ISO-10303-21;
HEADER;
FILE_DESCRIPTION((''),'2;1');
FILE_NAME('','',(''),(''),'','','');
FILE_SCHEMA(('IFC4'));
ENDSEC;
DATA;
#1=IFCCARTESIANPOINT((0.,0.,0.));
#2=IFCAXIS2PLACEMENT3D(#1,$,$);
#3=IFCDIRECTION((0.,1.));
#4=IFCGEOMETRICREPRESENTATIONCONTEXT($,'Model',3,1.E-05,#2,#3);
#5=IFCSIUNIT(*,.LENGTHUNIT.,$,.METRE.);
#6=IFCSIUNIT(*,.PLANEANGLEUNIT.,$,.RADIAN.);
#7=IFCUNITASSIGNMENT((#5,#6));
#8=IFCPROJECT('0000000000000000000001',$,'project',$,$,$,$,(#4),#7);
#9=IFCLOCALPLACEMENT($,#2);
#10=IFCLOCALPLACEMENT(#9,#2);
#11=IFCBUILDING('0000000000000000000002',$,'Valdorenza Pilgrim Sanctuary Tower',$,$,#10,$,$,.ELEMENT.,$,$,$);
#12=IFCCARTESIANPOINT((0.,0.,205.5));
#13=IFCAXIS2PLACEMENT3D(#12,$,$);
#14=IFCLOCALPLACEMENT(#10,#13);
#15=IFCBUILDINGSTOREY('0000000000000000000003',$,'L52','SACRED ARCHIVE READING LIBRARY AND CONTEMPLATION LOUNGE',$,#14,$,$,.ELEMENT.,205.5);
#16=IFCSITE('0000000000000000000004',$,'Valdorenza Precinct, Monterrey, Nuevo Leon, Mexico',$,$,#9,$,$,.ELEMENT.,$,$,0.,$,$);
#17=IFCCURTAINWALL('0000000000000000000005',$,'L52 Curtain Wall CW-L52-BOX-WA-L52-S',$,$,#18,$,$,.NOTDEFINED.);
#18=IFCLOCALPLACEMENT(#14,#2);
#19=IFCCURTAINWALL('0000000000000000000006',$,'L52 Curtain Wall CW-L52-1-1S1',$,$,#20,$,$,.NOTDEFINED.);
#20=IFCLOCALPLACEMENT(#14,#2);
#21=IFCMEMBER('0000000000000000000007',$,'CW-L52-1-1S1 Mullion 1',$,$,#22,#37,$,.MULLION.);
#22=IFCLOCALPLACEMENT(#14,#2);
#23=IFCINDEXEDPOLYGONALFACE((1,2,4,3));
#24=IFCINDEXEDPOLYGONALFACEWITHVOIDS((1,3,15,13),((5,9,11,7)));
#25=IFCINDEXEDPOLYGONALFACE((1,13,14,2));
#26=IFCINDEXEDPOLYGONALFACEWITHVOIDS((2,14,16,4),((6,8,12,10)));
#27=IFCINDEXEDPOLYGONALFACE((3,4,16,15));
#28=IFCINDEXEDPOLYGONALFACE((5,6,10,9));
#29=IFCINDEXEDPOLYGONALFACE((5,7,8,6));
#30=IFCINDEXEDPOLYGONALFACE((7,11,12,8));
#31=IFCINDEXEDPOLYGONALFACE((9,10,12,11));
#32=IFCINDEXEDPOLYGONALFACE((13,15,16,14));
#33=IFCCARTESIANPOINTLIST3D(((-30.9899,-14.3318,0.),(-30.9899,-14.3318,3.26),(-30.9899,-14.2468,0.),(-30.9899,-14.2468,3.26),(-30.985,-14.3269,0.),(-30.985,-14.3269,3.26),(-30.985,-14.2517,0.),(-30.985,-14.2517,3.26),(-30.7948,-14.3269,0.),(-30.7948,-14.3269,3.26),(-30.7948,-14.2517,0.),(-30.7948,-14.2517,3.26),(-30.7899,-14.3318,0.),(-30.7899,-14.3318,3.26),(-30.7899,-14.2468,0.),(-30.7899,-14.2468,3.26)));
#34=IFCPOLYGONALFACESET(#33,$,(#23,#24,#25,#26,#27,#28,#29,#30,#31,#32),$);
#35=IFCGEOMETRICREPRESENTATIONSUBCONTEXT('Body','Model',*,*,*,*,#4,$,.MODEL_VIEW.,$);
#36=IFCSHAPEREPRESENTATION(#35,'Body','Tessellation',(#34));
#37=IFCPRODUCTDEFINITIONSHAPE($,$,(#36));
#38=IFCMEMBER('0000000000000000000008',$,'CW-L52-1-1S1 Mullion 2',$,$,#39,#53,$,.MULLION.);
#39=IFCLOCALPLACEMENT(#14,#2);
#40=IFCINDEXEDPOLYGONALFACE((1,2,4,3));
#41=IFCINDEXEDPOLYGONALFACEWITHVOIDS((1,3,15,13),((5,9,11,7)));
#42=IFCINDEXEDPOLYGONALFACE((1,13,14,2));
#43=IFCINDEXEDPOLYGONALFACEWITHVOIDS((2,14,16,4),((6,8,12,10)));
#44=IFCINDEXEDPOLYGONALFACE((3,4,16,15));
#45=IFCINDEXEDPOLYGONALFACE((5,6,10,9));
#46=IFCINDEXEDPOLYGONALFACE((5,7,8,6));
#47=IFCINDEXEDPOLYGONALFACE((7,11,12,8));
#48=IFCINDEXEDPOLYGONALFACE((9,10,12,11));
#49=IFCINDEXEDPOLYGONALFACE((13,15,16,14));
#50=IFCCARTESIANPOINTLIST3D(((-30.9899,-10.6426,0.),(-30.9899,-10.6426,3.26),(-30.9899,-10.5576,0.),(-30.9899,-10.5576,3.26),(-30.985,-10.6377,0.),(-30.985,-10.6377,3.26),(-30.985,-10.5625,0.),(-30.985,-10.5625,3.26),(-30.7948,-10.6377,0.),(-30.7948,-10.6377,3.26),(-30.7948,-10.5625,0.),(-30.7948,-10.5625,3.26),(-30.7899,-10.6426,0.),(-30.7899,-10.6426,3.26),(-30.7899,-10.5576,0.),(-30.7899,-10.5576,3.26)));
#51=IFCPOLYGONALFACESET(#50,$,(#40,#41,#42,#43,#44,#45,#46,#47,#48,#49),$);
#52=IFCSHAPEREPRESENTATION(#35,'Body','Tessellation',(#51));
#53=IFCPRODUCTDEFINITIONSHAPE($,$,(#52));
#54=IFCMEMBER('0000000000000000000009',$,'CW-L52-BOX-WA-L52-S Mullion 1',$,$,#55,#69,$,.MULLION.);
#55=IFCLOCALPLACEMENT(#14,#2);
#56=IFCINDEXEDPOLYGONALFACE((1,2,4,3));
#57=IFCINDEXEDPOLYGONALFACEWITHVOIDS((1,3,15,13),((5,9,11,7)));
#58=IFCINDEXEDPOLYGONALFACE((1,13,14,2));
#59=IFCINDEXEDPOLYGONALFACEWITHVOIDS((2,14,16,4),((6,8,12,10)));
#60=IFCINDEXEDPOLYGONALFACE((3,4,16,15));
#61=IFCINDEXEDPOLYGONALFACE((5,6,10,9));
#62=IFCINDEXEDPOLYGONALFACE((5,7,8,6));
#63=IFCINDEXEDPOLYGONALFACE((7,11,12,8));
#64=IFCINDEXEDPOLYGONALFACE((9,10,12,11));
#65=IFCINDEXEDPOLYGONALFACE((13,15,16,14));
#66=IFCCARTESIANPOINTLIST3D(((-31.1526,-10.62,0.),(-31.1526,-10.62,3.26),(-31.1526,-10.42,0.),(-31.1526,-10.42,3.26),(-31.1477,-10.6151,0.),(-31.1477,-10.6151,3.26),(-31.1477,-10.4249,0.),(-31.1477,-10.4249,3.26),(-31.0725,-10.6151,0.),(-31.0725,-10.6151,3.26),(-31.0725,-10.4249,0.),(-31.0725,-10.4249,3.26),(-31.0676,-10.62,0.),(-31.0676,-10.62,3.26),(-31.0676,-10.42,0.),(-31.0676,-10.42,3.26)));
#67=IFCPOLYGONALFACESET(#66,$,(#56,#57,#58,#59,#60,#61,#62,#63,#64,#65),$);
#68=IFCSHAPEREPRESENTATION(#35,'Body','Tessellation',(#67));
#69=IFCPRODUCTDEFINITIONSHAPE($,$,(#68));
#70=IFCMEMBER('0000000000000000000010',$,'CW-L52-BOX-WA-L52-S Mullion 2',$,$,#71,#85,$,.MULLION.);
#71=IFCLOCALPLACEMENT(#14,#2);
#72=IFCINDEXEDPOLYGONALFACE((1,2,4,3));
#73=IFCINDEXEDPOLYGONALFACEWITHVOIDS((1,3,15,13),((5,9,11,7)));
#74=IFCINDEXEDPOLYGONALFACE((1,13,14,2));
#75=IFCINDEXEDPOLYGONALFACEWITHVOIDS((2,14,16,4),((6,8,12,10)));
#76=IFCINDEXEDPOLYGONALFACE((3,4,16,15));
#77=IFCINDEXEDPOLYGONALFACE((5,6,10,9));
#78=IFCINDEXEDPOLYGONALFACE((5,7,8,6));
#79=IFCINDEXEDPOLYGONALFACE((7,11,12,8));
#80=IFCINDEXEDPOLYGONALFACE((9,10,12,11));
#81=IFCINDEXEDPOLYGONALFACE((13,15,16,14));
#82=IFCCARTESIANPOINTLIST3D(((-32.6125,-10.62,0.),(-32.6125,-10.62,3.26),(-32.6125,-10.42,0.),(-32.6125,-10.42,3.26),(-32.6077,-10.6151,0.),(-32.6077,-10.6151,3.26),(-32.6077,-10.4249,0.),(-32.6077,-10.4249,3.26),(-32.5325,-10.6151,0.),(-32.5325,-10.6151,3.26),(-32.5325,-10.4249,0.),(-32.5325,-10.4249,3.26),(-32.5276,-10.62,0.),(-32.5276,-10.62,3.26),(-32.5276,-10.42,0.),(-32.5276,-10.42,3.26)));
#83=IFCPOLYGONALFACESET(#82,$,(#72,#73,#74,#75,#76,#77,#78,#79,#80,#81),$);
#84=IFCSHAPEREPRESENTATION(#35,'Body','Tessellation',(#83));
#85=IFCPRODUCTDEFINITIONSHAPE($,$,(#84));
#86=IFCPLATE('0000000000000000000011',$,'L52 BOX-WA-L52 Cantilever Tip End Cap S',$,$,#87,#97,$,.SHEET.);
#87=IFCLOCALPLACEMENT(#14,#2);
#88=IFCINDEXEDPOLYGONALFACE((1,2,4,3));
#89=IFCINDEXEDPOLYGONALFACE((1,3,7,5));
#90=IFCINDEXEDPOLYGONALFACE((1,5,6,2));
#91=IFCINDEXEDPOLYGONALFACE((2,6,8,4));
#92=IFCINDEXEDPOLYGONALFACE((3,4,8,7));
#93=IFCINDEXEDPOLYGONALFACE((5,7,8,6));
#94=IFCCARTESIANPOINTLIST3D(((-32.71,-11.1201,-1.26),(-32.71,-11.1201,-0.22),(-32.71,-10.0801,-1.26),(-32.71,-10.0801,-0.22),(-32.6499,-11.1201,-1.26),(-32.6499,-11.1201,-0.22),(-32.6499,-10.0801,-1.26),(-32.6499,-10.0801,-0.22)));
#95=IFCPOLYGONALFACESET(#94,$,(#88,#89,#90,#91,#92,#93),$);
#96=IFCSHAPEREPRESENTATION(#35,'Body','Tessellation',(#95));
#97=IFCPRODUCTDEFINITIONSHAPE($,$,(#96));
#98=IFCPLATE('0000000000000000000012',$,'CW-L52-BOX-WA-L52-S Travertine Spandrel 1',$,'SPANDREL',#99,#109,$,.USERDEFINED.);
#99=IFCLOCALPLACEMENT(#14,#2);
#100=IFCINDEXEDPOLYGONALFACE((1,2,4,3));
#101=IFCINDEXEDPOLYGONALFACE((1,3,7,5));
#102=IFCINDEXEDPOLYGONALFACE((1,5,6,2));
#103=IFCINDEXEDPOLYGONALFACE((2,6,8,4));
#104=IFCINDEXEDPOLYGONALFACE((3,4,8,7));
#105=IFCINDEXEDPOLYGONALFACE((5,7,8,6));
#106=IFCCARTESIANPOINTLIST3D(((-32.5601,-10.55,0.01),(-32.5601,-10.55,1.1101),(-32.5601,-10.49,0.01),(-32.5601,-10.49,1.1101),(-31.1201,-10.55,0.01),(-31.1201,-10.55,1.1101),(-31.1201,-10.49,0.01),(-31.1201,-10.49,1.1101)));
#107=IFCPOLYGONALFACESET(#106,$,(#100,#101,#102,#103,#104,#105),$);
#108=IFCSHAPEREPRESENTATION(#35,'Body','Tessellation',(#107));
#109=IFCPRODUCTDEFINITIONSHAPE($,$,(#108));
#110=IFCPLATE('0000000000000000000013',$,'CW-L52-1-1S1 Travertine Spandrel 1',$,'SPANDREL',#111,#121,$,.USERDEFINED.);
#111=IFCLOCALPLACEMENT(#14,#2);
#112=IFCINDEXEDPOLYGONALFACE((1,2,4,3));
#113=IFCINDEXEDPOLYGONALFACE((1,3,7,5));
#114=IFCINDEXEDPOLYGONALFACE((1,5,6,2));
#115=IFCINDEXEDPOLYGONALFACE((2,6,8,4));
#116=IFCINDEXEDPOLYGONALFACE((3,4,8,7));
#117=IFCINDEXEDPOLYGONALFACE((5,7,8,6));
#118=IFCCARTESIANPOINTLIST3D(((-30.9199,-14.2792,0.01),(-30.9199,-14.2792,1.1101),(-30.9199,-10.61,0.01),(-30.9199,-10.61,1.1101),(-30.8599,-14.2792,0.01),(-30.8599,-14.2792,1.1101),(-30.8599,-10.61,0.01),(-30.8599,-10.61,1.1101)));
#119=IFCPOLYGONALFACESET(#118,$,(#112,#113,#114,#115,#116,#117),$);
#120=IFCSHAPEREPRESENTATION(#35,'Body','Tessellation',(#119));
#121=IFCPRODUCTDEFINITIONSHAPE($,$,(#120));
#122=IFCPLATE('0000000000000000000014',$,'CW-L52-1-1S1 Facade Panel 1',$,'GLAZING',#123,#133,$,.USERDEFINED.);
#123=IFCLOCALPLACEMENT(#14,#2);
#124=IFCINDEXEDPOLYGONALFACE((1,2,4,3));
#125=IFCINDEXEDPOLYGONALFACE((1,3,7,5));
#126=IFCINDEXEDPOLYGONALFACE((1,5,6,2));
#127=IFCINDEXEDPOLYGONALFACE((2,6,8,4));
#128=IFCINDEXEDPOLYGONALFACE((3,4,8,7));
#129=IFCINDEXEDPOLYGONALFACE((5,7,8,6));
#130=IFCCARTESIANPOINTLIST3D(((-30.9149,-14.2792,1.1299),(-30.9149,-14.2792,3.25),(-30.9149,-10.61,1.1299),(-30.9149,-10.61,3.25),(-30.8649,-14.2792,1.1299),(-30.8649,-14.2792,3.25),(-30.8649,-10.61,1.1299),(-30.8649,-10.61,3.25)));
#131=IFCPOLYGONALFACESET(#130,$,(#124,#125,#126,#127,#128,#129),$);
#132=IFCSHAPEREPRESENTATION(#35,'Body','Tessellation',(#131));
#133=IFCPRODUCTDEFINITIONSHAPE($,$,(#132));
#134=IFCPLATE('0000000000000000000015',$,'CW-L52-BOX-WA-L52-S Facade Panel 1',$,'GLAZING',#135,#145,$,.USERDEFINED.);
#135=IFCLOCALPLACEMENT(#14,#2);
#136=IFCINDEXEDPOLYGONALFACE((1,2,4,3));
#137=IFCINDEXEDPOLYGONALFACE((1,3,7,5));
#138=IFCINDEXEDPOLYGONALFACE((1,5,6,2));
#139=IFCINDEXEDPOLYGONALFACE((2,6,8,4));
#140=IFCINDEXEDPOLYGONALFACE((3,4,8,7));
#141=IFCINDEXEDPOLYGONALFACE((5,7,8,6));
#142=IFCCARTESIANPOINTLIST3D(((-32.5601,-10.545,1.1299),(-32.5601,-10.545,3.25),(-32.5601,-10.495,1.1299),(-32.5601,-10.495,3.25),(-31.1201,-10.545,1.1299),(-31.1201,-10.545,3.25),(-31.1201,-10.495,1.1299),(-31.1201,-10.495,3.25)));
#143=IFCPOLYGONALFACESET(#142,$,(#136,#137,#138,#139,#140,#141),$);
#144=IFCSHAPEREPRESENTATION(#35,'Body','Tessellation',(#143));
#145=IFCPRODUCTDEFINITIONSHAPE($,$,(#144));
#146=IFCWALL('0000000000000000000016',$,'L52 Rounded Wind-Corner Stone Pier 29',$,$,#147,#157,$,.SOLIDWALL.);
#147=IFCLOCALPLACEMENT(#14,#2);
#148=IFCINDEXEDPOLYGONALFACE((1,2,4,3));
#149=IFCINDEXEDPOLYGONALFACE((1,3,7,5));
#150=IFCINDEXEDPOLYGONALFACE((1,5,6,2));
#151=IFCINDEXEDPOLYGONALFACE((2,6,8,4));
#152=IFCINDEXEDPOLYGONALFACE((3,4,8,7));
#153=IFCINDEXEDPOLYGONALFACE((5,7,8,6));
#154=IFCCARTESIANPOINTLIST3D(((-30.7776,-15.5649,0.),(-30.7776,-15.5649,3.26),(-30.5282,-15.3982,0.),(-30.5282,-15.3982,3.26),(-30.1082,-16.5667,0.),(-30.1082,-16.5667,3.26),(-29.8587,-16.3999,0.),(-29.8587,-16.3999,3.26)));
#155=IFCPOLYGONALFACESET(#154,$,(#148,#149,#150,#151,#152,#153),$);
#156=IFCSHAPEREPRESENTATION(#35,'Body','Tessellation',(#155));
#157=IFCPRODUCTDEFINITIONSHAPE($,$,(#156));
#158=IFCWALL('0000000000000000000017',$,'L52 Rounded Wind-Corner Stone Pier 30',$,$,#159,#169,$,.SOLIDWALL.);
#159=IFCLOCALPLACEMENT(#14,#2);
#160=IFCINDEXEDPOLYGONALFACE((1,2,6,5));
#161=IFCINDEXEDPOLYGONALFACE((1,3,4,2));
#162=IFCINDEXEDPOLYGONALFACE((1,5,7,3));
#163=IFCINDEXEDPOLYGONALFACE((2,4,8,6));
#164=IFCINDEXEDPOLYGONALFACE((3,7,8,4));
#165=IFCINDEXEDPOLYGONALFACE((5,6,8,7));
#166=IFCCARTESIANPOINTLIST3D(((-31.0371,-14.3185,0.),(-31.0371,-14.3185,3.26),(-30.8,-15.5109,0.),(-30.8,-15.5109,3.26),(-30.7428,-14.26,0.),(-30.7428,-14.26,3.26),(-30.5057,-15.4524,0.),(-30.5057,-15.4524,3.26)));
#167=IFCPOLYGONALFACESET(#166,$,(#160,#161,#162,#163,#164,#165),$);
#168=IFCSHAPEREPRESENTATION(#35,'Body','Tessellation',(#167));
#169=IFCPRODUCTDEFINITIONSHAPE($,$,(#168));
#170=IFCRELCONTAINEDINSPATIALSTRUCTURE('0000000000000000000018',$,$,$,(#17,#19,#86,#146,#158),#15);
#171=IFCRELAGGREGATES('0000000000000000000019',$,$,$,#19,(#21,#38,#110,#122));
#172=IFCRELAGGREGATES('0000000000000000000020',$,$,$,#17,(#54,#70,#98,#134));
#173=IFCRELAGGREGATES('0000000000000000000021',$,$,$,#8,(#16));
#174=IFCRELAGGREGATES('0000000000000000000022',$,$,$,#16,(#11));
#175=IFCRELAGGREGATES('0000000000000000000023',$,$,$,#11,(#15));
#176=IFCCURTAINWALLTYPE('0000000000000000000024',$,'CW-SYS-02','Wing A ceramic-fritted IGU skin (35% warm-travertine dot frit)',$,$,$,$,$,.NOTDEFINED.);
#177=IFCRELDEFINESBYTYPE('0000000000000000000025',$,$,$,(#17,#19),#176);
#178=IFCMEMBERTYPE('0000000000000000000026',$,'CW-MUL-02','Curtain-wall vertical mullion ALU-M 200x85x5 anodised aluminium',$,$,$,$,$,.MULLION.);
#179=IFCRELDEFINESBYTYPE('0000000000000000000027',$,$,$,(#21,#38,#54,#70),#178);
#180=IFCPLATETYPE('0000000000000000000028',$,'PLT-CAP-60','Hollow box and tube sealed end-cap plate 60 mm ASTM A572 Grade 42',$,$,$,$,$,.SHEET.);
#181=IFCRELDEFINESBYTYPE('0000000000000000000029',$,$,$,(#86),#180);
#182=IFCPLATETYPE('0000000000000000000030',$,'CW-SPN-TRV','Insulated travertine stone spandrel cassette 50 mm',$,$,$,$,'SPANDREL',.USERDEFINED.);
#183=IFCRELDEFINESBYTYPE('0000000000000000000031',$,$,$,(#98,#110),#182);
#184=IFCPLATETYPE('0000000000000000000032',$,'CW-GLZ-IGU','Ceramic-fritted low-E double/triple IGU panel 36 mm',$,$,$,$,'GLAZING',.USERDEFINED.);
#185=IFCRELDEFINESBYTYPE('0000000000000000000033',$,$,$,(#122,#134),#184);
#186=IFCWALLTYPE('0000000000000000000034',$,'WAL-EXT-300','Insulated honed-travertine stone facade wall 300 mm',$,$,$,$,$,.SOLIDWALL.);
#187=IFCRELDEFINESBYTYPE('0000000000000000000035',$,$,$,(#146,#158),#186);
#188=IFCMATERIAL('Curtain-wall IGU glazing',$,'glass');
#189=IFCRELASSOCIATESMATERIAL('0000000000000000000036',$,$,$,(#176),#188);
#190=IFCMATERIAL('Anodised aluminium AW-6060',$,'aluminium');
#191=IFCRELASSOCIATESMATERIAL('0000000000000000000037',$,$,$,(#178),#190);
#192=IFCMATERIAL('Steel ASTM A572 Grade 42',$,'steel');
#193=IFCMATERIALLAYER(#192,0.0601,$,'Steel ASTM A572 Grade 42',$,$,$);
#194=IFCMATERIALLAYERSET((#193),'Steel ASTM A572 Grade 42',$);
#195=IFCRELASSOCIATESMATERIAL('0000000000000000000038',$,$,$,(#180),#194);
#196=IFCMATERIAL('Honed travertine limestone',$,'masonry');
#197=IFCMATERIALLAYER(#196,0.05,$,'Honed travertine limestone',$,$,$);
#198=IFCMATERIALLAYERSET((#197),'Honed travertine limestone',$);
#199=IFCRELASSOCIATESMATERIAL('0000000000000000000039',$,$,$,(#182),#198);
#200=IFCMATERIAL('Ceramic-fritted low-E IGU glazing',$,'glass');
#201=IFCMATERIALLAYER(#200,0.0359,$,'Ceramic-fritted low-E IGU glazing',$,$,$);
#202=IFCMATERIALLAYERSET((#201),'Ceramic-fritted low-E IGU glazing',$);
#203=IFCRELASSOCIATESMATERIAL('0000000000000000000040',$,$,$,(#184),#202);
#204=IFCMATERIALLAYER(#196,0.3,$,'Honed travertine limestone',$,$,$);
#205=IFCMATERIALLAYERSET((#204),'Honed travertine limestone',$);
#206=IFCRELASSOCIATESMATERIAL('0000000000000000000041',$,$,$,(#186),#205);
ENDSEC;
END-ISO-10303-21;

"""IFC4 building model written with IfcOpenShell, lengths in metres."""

from ifc_helpers import new_model, si_unit, direction, frame, frame_2d, origin, origin_2d, place, context, subcontext, project, spatial, rectangle, hollow_rectangle, extrude, source, transform, mapped, material, layer, layer_set, material_profile, profile_set, type_object, element, aggregate, save


model = new_model("IFC4")

# Units and contexts
model_context = context("Model", 3, precision=1e-05, world=origin(), true_north=direction((0.0, 1.0)))
body_context = subcontext(model_context, "Body", "Model", "MODEL_VIEW")
ifc_project = project(units=[si_unit("LENGTHUNIT", "METRE"), si_unit("PLANEANGLEUNIT", "RADIAN")], contexts=[model_context])

# Site, building, storey
site_placement = place(None, origin())
site = spatial("IfcSite", under=ifc_project, at=site_placement, Name="Valdorenza Precinct, Monterrey, Nuevo Leon, Mexico", CompositionType="ELEMENT", RefElevation=0.0)
building_placement = place(site_placement, origin())
building = spatial("IfcBuilding", under=site, at=building_placement, Name="Valdorenza Pilgrim Sanctuary Tower", CompositionType="ELEMENT")
storey_placement = place(building_placement, frame((0.0, 0.0, 205.5)))
storey = spatial("IfcBuildingStorey", under=building, at=storey_placement, Name="L52", Description="SACRED ARCHIVE READING LIBRARY AND CONTEMPLATION LOUNGE", CompositionType="ELEMENT", Elevation=205.5)

# Shared definitions
ifc_material_1 = material(Name="Steel ASTM A572 Grade 42", Category="steel")

# Curtain wall
ifc_material_2 = material(Name="Curtain-wall IGU glazing", Category="glass")
curtain_wall_type = type_object("IfcCurtainWallType", Name="CW-SYS-02", Description="Wing A ceramic-fritted IGU skin (35% warm-travertine dot frit)", PredefinedType="NOTDEFINED", material=ifc_material_2)
curtain_wall_1_placement = place(storey_placement, origin())
curtain_wall_1 = element("IfcCurtainWall", 1, at=curtain_wall_1_placement, inside=storey, type_object=curtain_wall_type, Name="L52 Curtain Wall CW-L52-BOX-WA-L52-S", PredefinedType="NOTDEFINED")
ifc_material_3 = material(Name="Anodised aluminium AW-6060", Category="aluminium")

# Curtain wall, members
curtain_wall_2_placement = place(storey_placement, origin())
curtain_wall_2 = element("IfcCurtainWall", 2, at=curtain_wall_2_placement, inside=storey, type_object=curtain_wall_type, Name="L52 Curtain Wall CW-L52-1-1S1", PredefinedType="NOTDEFINED")
ifc_material_profile_1 = material_profile(ifc_material_3, hollow_rectangle(XDim=0.085, YDim=0.2, WallThickness=0.0049, at=origin_2d()), Name="ALU-M 200x85x5")
ifc_profile_set_1 = profile_set([ifc_material_profile_1], Name="Anodised aluminium AW-6060")
member_type_1 = type_object("IfcMemberType", Name="CW-MUL-02", Description="Curtain-wall vertical mullion ALU-M 200x85x5 anodised aluminium", PredefinedType="MULLION", material=ifc_profile_set_1)
shared_shape_1 = source(origin(), body_context, "Body", "SweptSolid", [
    extrude(hollow_rectangle(XDim=0.085, YDim=0.2, WallThickness=0.0049, at=origin_2d()), origin(), (0.0, 0.0, 1.0), 3.26),
])
member_1_placement = place(storey_placement, frame((-30.8899, -14.2893, 0.0), z_axis=(0.0, 0.0, 1.0), x_axis=(0.0, 1.0, 0.0)))
member_1 = element("IfcMember", 3, at=member_1_placement, type_object=member_type_1, Name="CW-L52-1-1S1 Mullion 1", PredefinedType="MULLION", context=body_context, shape_type="MappedRepresentation", body=[
    mapped(shared_shape_1, transform((0.0, 0.0, 0.0), x_axis=(1.0, 0.0, 0.0), y_axis=(0.0, 1.0, 0.0), z_axis=(0.0, 0.0, 1.0), scale=1.0)),
])
member_2_placement = place(storey_placement, frame((-30.8899, -10.6001, 0.0), z_axis=(0.0, 0.0, 1.0), x_axis=(0.0, 1.0, 0.0)))
member_2 = element("IfcMember", 4, at=member_2_placement, type_object=member_type_1, Name="CW-L52-1-1S1 Mullion 2", PredefinedType="MULLION", context=body_context, shape_type="MappedRepresentation", body=[
    mapped(shared_shape_1, transform((0.0, 0.0, 0.0), x_axis=(1.0, 0.0, 0.0), y_axis=(0.0, 1.0, 0.0), z_axis=(0.0, 0.0, 1.0), scale=1.0)),
])

# Members
member_3_placement = place(storey_placement, frame((-31.1101, -10.52, 0.0), z_axis=(0.0, 0.0, 1.0), x_axis=(-1.0, 0.0, 0.0)))
member_3 = element("IfcMember", 5, at=member_3_placement, type_object=member_type_1, Name="CW-L52-BOX-WA-L52-S Mullion 1", PredefinedType="MULLION", context=body_context, shape_type="MappedRepresentation", body=[
    mapped(shared_shape_1, transform((0.0, 0.0, 0.0), x_axis=(1.0, 0.0, 0.0), y_axis=(0.0, 1.0, 0.0), z_axis=(0.0, 0.0, 1.0), scale=1.0)),
])
member_4_placement = place(storey_placement, frame((-32.5701, -10.52, 0.0), z_axis=(0.0, 0.0, 1.0), x_axis=(-1.0, 0.0, 0.0)))
member_4 = element("IfcMember", 6, at=member_4_placement, type_object=member_type_1, Name="CW-L52-BOX-WA-L52-S Mullion 2", PredefinedType="MULLION", context=body_context, shape_type="MappedRepresentation", body=[
    mapped(shared_shape_1, transform((0.0, 0.0, 0.0), x_axis=(1.0, 0.0, 0.0), y_axis=(0.0, 1.0, 0.0), z_axis=(0.0, 0.0, 1.0), scale=1.0)),
])

# Plates
ifc_layer_1 = layer(ifc_material_1, 0.0601, Name="Steel ASTM A572 Grade 42")
ifc_layer_set_1 = layer_set([ifc_layer_1], Name="Steel ASTM A572 Grade 42")
plate_type_1 = type_object("IfcPlateType", Name="PLT-CAP-60", Description="Hollow box and tube sealed end-cap plate 60 mm ASTM A572 Grade 42", PredefinedType="SHEET", material=ifc_layer_set_1)
shared_shape_2 = source(origin(), body_context, "Body", "SweptSolid", [
    extrude(rectangle(XDim=0.0601, YDim=1.04, at=origin_2d()), origin(), (0.0, 0.0, 1.0), 1.04),
])
plate_1_placement = place(storey_placement, frame((-32.6799, -10.6001, -1.26), z_axis=(0.0, 0.0, 1.0), x_axis=(1.0, 0.0, 0.0)))
element("IfcPlate", 7, at=plate_1_placement, inside=storey, type_object=plate_type_1, Name="L52 BOX-WA-L52 Cantilever Tip End Cap S", PredefinedType="SHEET", context=body_context, shape_type="MappedRepresentation", body=[
    mapped(shared_shape_2, transform((0.0, 0.0, 0.0), x_axis=(1.0, 0.0, 0.0), y_axis=(0.0, 1.0, 0.0), z_axis=(0.0, 0.0, 1.0), scale=1.0)),
])
ifc_material_4 = material(Name="Honed travertine limestone", Category="masonry")
ifc_layer_2 = layer(ifc_material_4, 0.05, Name="Honed travertine limestone")
ifc_layer_set_2 = layer_set([ifc_layer_2], Name="Honed travertine limestone")
plate_type_2 = type_object("IfcPlateType", Name="CW-SPN-TRV", Description="Insulated travertine stone spandrel cassette 50 mm", ElementType="SPANDREL", PredefinedType="USERDEFINED", material=ifc_layer_set_2)
shared_shape_3 = source(origin(), body_context, "Body", "SweptSolid", [
    extrude(rectangle(XDim=1.4399, YDim=0.0601, at=origin_2d()), origin(), (0.0, 0.0, 1.0), 1.1001),
])
plate_2_placement = place(storey_placement, frame((-31.8401, -10.52, 0.01), z_axis=(0.0, 0.0, 1.0), x_axis=(-1.0, 0.0, 0.0)))
plate_2 = element("IfcPlate", 8, at=plate_2_placement, type_object=plate_type_2, Name="CW-L52-BOX-WA-L52-S Travertine Spandrel 1", ObjectType="SPANDREL", PredefinedType="USERDEFINED", context=body_context, shape_type="MappedRepresentation", body=[
    mapped(shared_shape_3, transform((0.0, 0.0, 0.0), x_axis=(1.0, 0.0, 0.0), y_axis=(0.0, 1.0, 0.0), z_axis=(0.0, 0.0, 1.0), scale=1.0)),
])
shared_shape_4 = source(origin(), body_context, "Body", "SweptSolid", [
    extrude(rectangle(XDim=3.6692, YDim=0.0601, at=origin_2d()), origin(), (0.0, 0.0, 1.0), 1.1001),
])
plate_3_placement = place(storey_placement, frame((-30.8899, -12.4446, 0.01), z_axis=(0.0, 0.0, 1.0), x_axis=(0.0, 1.0, 0.0)))
plate_3 = element("IfcPlate", 9, at=plate_3_placement, type_object=plate_type_2, Name="CW-L52-1-1S1 Travertine Spandrel 1", ObjectType="SPANDREL", PredefinedType="USERDEFINED", context=body_context, shape_type="MappedRepresentation", body=[
    mapped(shared_shape_4, transform((0.0, 0.0, 0.0), x_axis=(1.0, 0.0, 0.0), y_axis=(0.0, 1.0, 0.0), z_axis=(0.0, 0.0, 1.0), scale=1.0)),
])
ifc_material_5 = material(Name="Ceramic-fritted low-E IGU glazing", Category="glass")
ifc_layer_3 = layer(ifc_material_5, 0.0359, Name="Ceramic-fritted low-E IGU glazing")
ifc_layer_set_3 = layer_set([ifc_layer_3], Name="Ceramic-fritted low-E IGU glazing")
plate_type_3 = type_object("IfcPlateType", Name="CW-GLZ-IGU", Description="Ceramic-fritted low-E double/triple IGU panel 36 mm", ElementType="GLAZING", PredefinedType="USERDEFINED", material=ifc_layer_set_3)
shared_shape_5 = source(origin(), body_context, "Body", "SweptSolid", [
    extrude(rectangle(XDim=3.6692, YDim=0.05, at=origin_2d()), origin(), (0.0, 0.0, 1.0), 2.1201),
])
plate_4_placement = place(storey_placement, frame((-30.8899, -12.4446, 1.1299), z_axis=(0.0, 0.0, 1.0), x_axis=(0.0, 1.0, 0.0)))
plate_4 = element("IfcPlate", 10, at=plate_4_placement, type_object=plate_type_3, Name="CW-L52-1-1S1 Facade Panel 1", ObjectType="GLAZING", PredefinedType="USERDEFINED", context=body_context, shape_type="MappedRepresentation", body=[
    mapped(shared_shape_5, transform((0.0, 0.0, 0.0), x_axis=(1.0, 0.0, 0.0), y_axis=(0.0, 1.0, 0.0), z_axis=(0.0, 0.0, 1.0), scale=1.0)),
])
aggregate(curtain_wall_2, [member_1, member_2, plate_3, plate_4])
shared_shape_6 = source(origin(), body_context, "Body", "SweptSolid", [
    extrude(rectangle(XDim=1.4399, YDim=0.05, at=origin_2d()), origin(), (0.0, 0.0, 1.0), 2.1201),
])
plate_5_placement = place(storey_placement, frame((-31.8401, -10.52, 1.1299), z_axis=(0.0, 0.0, 1.0), x_axis=(-1.0, 0.0, 0.0)))
plate_5 = element("IfcPlate", 11, at=plate_5_placement, type_object=plate_type_3, Name="CW-L52-BOX-WA-L52-S Facade Panel 1", ObjectType="GLAZING", PredefinedType="USERDEFINED", context=body_context, shape_type="MappedRepresentation", body=[
    mapped(shared_shape_6, transform((0.0, 0.0, 0.0), x_axis=(1.0, 0.0, 0.0), y_axis=(0.0, 1.0, 0.0), z_axis=(0.0, 0.0, 1.0), scale=1.0)),
])
aggregate(curtain_wall_1, [member_3, member_4, plate_2, plate_5])

# Walls
ifc_layer_4 = layer(ifc_material_4, 0.3, Name="Honed travertine limestone")
ifc_layer_set_4 = layer_set([ifc_layer_4], Name="Honed travertine limestone")
wall_type = type_object("IfcWallType", Name="WAL-EXT-300", Description="Insulated honed-travertine stone facade wall 300 mm", PredefinedType="SOLIDWALL", material=ifc_layer_set_4)
wall_1_placement = place(storey_placement, frame((-29.9834, -16.4834, 0.0), z_axis=(0.0, 0.0, 1.0), x_axis=(-0.555635, 0.831426, 0.0)))
element("IfcWall", 12, at=wall_1_placement, inside=storey, type_object=wall_type, Name="L52 Rounded Wind-Corner Stone Pier 29", PredefinedType="SOLIDWALL", context=body_context, shape_type="SweptSolid", body=[
    extrude(rectangle(XDim=1.2048, YDim=0.3, at=frame_2d((0.6025, 0.0))), origin(), (0.0, 0.0, 1.0), 3.26),
])
wall_2_placement = place(storey_placement, frame((-30.6528, -15.4817, 0.0), z_axis=(0.0, 0.0, 1.0), x_axis=(-0.194996, 0.980804, 0.0)))
element("IfcWall", 13, at=wall_2_placement, inside=storey, type_object=wall_type, Name="L52 Rounded Wind-Corner Stone Pier 30", PredefinedType="SOLIDWALL", context=body_context, shape_type="SweptSolid", body=[
    extrude(rectangle(XDim=1.2158, YDim=0.3, at=frame_2d((0.6079, 0.0))), origin(), (0.0, 0.0, 1.0), 3.26),
])

save(model, "model.ifc")
